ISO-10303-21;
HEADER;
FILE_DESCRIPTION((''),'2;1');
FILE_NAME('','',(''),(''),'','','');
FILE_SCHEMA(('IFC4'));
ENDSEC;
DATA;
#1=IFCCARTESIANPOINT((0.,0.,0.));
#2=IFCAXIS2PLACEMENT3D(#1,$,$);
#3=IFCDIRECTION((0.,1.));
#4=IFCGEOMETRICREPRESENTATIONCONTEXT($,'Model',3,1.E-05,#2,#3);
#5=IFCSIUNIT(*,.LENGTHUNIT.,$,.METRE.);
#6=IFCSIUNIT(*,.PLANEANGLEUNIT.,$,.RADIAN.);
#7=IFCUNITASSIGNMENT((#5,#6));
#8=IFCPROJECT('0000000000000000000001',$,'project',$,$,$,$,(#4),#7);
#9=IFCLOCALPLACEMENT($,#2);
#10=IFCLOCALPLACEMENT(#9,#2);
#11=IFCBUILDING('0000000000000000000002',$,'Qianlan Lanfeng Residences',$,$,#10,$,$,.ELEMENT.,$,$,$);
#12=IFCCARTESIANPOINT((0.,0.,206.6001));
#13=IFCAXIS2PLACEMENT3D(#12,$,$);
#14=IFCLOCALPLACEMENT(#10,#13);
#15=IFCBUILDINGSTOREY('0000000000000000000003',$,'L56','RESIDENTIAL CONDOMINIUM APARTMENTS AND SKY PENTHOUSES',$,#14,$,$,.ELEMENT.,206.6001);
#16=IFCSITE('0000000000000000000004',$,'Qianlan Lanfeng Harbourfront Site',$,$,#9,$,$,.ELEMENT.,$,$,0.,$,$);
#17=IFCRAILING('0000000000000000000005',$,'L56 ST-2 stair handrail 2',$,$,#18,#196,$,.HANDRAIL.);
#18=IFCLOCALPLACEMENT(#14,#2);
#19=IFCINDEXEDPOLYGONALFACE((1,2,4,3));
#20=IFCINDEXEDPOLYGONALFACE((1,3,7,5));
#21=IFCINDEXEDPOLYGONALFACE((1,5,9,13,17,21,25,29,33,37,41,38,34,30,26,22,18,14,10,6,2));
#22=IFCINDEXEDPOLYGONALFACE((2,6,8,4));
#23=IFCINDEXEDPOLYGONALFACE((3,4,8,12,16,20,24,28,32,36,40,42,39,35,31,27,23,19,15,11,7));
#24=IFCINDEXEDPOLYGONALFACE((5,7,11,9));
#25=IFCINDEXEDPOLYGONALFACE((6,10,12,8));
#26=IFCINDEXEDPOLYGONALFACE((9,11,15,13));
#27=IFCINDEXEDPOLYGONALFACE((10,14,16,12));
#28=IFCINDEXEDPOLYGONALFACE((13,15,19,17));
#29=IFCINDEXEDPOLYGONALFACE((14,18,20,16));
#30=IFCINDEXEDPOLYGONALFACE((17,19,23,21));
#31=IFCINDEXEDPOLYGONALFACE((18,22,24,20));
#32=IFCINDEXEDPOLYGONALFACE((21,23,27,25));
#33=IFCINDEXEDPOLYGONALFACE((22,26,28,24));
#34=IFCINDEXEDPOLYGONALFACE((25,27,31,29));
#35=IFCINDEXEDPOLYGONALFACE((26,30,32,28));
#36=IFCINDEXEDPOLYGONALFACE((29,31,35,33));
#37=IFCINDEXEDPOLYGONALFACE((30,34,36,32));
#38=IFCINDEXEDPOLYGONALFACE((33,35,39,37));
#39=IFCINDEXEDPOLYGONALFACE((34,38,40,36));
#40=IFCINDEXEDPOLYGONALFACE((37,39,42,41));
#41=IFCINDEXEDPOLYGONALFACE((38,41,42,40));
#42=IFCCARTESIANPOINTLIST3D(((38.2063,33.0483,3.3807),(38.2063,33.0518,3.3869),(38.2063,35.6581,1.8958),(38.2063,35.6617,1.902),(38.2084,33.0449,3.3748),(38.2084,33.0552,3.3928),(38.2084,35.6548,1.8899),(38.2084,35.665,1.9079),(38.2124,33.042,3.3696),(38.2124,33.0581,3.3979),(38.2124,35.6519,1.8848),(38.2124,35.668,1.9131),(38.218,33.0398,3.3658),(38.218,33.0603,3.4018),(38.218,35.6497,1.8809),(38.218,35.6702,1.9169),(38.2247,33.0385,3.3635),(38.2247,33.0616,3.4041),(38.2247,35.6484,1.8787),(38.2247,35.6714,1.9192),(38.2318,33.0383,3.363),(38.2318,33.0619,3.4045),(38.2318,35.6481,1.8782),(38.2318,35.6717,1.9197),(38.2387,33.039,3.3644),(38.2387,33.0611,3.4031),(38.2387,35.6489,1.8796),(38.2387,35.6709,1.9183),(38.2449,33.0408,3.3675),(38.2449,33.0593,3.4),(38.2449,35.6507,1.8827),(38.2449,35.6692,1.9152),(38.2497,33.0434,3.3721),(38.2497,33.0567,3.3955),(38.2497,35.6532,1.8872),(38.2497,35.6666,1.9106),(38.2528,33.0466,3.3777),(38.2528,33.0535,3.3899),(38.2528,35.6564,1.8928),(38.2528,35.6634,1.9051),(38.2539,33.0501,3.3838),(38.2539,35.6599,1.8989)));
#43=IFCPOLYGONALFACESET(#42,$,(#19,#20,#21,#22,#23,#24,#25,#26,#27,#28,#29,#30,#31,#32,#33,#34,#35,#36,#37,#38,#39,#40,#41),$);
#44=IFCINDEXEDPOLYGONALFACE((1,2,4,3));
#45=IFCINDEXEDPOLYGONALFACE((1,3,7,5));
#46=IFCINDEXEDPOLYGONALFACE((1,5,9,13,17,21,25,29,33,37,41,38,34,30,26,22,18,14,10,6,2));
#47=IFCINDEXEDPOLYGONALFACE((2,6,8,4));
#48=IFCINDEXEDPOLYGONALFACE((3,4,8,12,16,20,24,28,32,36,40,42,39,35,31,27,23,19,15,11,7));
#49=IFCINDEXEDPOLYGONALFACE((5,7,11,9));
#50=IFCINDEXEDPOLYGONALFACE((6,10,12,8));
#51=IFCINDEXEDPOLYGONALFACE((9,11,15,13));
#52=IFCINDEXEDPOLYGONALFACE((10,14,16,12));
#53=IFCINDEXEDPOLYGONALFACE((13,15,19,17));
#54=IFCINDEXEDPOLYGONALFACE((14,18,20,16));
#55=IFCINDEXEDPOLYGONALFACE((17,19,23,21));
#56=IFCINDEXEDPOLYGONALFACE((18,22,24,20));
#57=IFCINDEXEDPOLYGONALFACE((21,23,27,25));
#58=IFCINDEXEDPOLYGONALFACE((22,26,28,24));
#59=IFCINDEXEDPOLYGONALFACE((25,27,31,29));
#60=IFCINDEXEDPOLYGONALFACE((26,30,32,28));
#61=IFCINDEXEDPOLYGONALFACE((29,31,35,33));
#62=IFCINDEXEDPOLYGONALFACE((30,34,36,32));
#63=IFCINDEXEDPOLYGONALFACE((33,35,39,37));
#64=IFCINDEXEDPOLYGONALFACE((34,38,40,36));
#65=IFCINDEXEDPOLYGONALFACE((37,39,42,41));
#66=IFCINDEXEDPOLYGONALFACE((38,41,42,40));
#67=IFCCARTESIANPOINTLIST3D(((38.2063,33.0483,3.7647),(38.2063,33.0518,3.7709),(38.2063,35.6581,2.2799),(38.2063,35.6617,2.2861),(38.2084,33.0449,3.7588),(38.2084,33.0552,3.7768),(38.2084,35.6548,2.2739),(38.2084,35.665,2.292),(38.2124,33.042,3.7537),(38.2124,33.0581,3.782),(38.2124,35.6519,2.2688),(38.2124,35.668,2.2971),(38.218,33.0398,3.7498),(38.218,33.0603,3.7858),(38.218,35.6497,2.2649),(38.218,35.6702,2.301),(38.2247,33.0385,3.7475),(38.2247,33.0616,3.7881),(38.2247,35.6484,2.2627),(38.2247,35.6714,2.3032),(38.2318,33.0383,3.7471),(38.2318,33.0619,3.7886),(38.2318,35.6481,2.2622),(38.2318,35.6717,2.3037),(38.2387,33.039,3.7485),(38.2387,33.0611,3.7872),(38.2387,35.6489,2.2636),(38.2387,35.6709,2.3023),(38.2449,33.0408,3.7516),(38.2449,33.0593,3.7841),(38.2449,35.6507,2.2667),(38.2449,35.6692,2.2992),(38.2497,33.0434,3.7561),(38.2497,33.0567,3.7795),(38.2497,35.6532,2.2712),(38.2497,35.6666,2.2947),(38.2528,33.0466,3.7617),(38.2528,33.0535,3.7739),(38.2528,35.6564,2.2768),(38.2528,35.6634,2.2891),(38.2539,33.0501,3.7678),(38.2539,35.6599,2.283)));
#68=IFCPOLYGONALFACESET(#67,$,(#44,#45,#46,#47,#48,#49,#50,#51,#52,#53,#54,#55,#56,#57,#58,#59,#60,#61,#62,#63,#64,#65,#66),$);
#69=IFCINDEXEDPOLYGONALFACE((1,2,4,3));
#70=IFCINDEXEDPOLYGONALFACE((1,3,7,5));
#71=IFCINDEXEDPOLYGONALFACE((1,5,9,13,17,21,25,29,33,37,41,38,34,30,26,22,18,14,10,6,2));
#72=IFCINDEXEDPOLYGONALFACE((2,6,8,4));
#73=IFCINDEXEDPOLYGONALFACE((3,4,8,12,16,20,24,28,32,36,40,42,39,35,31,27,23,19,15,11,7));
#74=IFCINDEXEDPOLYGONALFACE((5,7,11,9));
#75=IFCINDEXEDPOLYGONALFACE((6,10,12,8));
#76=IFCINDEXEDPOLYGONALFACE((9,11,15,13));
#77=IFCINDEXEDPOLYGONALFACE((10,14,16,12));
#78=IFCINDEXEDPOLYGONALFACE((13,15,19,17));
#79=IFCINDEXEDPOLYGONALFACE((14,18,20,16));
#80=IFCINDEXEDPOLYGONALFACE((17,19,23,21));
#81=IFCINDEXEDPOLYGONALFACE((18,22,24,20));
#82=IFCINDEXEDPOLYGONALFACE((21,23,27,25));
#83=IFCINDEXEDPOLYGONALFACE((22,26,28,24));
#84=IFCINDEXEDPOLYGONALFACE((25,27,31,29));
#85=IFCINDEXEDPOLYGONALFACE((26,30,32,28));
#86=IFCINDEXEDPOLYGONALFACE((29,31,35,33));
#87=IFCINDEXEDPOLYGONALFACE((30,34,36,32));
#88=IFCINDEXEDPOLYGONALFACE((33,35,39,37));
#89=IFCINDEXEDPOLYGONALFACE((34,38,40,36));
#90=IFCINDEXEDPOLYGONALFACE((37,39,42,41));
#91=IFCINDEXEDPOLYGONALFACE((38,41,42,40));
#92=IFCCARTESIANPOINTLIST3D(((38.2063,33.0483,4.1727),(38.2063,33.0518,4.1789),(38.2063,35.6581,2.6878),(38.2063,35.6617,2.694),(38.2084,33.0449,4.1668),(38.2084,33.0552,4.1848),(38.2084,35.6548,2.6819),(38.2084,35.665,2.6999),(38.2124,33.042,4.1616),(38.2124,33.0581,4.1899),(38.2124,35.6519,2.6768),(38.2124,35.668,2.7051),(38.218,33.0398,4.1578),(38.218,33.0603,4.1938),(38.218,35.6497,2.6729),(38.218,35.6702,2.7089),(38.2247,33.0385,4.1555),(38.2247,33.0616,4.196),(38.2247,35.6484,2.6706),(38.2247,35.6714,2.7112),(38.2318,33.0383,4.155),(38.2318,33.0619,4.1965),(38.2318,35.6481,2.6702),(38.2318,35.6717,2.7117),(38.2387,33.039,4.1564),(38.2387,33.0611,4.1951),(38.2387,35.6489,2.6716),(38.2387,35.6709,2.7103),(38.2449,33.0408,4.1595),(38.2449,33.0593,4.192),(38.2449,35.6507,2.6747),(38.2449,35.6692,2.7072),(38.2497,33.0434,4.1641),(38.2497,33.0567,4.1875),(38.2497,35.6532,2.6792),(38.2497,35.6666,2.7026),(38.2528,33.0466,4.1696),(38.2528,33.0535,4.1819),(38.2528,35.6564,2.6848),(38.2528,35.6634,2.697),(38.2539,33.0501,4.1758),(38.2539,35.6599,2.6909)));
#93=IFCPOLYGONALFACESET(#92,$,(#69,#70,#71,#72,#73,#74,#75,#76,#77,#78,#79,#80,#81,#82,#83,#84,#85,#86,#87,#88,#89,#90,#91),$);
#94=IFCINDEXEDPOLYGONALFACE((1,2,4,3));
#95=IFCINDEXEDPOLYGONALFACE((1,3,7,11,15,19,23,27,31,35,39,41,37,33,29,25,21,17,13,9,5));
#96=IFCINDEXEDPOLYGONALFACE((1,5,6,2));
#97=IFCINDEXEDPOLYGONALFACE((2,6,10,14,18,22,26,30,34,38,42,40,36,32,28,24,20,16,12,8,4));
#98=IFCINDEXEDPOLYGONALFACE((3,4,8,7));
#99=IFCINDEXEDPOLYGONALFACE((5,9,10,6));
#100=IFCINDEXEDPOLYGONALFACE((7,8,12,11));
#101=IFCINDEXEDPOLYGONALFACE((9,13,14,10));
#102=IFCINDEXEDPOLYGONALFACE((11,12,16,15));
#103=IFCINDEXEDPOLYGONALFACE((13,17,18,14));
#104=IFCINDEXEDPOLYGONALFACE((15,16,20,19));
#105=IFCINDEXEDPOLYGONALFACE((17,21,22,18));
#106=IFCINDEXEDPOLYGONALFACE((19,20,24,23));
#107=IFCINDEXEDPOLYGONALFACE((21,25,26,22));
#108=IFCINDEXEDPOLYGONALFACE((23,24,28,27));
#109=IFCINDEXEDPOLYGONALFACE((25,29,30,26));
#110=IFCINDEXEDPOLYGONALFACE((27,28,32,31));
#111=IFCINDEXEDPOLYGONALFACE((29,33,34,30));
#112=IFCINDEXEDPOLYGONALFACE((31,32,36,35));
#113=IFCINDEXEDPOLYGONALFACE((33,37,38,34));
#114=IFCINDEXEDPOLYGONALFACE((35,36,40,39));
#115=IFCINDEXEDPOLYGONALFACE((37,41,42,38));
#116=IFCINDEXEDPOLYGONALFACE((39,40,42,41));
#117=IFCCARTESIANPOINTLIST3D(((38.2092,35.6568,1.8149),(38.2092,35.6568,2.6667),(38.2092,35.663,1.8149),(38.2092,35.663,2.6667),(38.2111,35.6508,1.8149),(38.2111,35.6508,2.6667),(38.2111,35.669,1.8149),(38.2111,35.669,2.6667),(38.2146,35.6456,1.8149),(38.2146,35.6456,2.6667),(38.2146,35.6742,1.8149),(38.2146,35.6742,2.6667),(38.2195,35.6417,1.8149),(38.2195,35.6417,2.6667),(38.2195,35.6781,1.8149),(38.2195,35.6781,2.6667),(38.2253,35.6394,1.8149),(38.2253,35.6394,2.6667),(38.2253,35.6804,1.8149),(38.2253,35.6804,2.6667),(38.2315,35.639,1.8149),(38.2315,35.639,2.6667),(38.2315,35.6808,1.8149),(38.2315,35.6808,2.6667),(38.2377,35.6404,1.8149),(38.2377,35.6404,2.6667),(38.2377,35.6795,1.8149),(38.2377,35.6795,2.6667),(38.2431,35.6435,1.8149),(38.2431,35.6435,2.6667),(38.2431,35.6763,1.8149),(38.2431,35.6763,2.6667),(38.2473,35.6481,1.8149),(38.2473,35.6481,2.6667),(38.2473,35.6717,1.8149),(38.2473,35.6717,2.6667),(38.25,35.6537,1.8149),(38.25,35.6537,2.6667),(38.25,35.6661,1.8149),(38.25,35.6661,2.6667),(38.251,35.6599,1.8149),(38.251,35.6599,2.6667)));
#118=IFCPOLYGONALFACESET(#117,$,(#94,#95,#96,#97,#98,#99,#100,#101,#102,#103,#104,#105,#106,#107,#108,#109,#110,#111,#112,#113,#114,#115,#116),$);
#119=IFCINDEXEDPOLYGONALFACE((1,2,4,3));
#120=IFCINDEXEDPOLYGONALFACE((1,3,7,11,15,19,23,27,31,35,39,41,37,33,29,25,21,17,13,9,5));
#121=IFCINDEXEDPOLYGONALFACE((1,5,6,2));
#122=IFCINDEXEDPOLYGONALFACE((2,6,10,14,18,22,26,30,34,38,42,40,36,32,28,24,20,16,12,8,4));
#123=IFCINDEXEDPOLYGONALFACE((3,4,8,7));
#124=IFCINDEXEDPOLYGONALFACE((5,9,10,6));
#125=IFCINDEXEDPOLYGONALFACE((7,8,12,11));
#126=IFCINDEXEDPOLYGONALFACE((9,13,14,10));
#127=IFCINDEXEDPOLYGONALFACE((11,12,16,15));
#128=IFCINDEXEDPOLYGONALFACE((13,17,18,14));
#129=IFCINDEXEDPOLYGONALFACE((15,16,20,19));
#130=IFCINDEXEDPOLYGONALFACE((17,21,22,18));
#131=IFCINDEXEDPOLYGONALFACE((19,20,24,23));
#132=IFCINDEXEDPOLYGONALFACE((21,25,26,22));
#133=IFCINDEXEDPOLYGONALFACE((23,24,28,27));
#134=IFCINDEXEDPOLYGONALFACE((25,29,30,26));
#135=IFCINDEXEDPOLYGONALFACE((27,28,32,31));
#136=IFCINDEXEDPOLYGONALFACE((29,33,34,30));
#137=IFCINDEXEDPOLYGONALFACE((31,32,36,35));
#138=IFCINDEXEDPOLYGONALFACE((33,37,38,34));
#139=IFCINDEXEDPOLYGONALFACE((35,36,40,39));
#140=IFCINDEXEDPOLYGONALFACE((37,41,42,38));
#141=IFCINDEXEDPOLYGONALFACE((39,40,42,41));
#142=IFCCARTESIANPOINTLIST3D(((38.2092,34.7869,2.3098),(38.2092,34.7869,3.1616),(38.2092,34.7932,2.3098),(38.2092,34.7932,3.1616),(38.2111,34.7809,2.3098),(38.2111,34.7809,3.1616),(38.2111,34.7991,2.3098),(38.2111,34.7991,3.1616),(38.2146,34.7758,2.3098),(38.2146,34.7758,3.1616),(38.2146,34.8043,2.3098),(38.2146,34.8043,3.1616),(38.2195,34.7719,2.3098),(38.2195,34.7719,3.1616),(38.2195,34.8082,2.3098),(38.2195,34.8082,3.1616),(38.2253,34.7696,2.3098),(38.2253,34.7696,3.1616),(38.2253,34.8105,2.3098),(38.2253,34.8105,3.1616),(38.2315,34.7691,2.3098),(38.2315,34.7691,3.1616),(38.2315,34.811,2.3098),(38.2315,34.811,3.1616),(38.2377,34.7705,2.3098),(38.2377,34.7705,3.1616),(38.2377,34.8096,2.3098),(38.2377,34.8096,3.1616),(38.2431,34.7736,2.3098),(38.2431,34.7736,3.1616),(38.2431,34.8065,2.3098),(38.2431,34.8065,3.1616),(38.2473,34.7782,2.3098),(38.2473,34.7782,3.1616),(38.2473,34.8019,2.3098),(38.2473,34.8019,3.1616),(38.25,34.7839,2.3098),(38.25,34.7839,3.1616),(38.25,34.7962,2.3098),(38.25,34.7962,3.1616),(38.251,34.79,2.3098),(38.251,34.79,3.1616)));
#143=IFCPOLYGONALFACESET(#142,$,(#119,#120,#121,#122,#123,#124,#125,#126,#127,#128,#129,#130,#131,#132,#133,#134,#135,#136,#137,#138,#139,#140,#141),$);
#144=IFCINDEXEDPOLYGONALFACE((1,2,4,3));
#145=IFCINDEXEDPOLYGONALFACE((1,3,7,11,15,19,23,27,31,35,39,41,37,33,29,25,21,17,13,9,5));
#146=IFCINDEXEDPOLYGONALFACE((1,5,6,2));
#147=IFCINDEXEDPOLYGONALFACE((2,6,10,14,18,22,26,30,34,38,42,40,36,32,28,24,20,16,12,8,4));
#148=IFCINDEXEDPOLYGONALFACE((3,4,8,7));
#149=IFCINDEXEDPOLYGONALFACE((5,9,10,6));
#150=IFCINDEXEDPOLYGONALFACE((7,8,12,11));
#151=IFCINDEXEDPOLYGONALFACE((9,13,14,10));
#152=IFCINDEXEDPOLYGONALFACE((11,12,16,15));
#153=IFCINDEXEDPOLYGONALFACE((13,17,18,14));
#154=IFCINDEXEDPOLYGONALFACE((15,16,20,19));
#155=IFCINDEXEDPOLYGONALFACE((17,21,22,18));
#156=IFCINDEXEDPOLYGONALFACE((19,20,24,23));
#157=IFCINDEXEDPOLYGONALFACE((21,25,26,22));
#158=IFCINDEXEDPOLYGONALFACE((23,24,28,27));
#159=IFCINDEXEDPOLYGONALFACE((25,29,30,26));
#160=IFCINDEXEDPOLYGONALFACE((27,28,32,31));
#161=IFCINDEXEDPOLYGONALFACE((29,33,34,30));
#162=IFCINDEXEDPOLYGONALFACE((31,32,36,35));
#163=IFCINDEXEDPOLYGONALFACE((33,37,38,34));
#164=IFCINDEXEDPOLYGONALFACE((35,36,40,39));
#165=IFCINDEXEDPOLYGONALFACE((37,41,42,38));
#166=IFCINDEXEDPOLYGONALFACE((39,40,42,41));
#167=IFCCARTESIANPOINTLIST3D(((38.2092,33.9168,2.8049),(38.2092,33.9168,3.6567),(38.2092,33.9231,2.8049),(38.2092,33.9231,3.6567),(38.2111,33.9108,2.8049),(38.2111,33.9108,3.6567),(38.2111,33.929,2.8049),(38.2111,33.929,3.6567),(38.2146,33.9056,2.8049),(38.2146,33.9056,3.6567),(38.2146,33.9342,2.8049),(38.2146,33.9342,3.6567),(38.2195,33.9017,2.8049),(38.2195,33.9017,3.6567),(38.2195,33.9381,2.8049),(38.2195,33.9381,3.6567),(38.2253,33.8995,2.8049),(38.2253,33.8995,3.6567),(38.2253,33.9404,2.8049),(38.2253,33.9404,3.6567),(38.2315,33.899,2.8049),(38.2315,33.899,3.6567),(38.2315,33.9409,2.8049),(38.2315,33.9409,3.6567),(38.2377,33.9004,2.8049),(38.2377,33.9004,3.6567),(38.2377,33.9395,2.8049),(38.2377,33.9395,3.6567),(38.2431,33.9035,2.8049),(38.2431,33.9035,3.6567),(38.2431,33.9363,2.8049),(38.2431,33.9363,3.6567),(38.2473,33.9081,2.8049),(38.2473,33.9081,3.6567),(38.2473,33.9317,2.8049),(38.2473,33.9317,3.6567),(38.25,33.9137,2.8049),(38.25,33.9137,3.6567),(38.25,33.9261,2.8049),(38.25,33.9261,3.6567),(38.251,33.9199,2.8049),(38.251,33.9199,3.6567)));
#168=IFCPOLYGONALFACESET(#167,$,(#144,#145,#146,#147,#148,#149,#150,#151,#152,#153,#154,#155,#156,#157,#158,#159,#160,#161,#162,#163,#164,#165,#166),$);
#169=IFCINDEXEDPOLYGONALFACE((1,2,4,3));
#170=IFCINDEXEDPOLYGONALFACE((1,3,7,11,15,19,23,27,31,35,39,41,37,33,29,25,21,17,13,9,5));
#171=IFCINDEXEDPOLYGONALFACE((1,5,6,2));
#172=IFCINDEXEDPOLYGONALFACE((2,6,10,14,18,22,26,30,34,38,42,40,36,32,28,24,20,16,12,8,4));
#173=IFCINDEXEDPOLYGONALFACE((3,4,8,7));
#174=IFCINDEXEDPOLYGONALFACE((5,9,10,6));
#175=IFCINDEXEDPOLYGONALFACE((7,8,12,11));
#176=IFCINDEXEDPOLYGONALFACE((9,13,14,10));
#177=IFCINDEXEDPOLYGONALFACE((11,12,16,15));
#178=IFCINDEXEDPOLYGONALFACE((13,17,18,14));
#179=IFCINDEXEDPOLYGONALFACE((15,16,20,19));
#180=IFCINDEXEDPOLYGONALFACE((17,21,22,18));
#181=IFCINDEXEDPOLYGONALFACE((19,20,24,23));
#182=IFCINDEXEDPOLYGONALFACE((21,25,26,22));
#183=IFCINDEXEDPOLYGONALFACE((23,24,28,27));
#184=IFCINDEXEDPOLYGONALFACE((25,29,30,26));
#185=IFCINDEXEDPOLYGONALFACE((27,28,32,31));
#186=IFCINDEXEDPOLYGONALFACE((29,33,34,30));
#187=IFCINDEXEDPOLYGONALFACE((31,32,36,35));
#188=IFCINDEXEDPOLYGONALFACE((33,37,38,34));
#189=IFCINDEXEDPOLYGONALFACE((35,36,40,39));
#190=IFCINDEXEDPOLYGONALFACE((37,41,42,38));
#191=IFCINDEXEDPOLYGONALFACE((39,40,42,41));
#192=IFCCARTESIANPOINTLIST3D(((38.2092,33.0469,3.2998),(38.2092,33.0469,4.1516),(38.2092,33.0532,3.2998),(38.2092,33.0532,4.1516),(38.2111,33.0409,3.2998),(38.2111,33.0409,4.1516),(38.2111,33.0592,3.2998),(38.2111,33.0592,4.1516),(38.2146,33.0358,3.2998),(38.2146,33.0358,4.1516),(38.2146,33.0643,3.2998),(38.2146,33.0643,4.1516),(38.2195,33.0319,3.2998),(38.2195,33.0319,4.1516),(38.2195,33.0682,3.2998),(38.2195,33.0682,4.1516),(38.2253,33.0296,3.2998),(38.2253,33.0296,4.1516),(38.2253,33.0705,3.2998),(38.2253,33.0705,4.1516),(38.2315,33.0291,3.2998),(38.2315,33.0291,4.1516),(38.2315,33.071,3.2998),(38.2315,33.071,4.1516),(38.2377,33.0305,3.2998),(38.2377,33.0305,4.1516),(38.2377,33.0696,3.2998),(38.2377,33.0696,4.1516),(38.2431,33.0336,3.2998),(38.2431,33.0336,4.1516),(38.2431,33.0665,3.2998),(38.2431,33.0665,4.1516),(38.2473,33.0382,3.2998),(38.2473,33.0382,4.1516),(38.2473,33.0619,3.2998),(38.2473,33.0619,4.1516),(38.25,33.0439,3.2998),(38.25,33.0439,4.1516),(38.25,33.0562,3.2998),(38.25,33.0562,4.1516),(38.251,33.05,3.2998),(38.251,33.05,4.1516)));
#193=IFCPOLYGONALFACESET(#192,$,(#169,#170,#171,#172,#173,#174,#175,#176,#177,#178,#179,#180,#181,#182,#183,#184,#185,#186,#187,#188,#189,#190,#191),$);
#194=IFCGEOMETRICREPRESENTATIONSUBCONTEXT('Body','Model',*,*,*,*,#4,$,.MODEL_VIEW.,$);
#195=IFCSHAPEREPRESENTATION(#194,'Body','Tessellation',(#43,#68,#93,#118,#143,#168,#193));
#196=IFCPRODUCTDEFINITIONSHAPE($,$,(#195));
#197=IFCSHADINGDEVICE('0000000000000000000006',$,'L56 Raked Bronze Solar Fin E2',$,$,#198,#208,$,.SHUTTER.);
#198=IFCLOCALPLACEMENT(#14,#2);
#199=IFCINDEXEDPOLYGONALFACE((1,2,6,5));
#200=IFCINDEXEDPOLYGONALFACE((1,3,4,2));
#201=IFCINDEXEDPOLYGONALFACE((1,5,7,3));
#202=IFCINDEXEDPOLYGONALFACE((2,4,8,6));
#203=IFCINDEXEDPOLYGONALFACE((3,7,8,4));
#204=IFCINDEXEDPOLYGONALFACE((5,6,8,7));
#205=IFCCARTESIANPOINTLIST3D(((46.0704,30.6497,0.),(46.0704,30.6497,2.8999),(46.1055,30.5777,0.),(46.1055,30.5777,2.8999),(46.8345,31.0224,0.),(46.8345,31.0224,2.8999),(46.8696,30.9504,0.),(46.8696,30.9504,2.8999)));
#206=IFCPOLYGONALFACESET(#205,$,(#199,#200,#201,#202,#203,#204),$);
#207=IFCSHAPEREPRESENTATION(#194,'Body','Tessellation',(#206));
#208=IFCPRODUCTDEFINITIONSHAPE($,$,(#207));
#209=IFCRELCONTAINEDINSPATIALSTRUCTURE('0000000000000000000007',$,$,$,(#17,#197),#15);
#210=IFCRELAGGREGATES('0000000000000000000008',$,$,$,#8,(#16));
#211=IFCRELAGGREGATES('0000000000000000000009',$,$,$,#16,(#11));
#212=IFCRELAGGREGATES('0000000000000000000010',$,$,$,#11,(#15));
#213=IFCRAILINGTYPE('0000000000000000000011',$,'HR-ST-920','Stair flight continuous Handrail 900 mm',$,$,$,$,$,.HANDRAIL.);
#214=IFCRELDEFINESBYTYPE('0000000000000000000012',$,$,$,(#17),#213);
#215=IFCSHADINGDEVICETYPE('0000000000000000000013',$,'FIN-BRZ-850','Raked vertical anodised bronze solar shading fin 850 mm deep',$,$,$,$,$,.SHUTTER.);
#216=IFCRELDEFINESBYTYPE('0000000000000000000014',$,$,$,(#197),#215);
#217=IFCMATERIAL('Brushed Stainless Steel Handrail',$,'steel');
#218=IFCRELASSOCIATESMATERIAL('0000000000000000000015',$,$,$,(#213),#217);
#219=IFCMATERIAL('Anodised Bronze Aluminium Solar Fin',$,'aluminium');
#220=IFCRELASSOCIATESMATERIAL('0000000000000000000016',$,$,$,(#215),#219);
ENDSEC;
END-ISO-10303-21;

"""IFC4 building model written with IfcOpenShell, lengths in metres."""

from ifc_helpers import new_model, si_unit, direction, frame, origin, origin_2d, place, context, subcontext, project, spatial, rectangle, circle, extrude, source, transform, mapped, material, type_object, element, save


model = new_model("IFC4")

# Units and contexts
model_context = context("Model", 3, precision=1e-05, world=origin(), true_north=direction((0.0, 1.0)))
body_context = subcontext(model_context, "Body", "Model", "MODEL_VIEW")
ifc_project = project(units=[si_unit("LENGTHUNIT", "METRE"), si_unit("PLANEANGLEUNIT", "RADIAN")], contexts=[model_context])

# Site, building, storey
site_placement = place(None, origin())
site = spatial("IfcSite", under=ifc_project, at=site_placement, Name="Qianlan Lanfeng Harbourfront Site", CompositionType="ELEMENT", RefElevation=0.0)
building_placement = place(site_placement, origin())
building = spatial("IfcBuilding", under=site, at=building_placement, Name="Qianlan Lanfeng Residences", CompositionType="ELEMENT")
storey_placement = place(building_placement, frame((0.0, 0.0, 206.6001)))
storey = spatial("IfcBuildingStorey", under=building, at=storey_placement, Name="L56", Description="RESIDENTIAL CONDOMINIUM APARTMENTS AND SKY PENTHOUSES", CompositionType="ELEMENT", Elevation=206.6001)

# Railing
ifc_material_1 = material(Name="Brushed Stainless Steel Handrail", Category="steel")
railing_type_1 = type_object("IfcRailingType", Name="HR-ST-920", Description="Stair flight continuous Handrail 900 mm", PredefinedType="HANDRAIL", material=ifc_material_1)
railing_1_placement = place(storey_placement, frame((38.23, 35.6599, 1.8149)))
element("IfcRailing", 1, at=railing_1_placement, inside=storey, type_object=railing_type_1, Name="L56 ST-2 stair handrail 2", PredefinedType="HANDRAIL", context=body_context, shape_type="SweptSolid", body=[
    extrude(circle(Radius=0.0239, at=origin_2d()), frame((0.0, 0.0, 0.084), z_axis=(0.0, -0.869172, 0.494509), x_axis=(1.0, 0.0, 0.0)), (0.0, 0.0, 1.0), 3.0027),
    extrude(circle(Radius=0.0239, at=origin_2d()), frame((0.0, 0.0, 0.468), z_axis=(0.0, -0.869172, 0.494509), x_axis=(1.0, 0.0, 0.0)), (0.0, 0.0, 1.0), 3.0027),
    extrude(circle(Radius=0.0239, at=origin_2d()), frame((0.0, 0.0, 0.876), z_axis=(0.0, -0.869172, 0.494509), x_axis=(1.0, 0.0, 0.0)), (0.0, 0.0, 1.0), 3.0027),
    extrude(circle(Radius=0.021, at=origin_2d()), origin(), (0.0, 0.0, 1.0), 0.8518),
    extrude(circle(Radius=0.021, at=origin_2d()), frame((0.0, -0.8699, 0.4949)), (0.0, 0.0, 1.0), 0.8518),
    extrude(circle(Radius=0.021, at=origin_2d()), frame((0.0, -1.74, 0.99)), (0.0, 0.0, 1.0), 0.8518),
    extrude(circle(Radius=0.021, at=origin_2d()), frame((0.0, -2.6099, 1.4849)), (0.0, 0.0, 1.0), 0.8518),
])

# Shading device
ifc_material_2 = material(Name="Anodised Bronze Aluminium Solar Fin", Category="aluminium")
shading_device_type = type_object("IfcShadingDeviceType", Name="FIN-BRZ-850", Description="Raked vertical anodised bronze solar shading fin 850 mm deep", PredefinedType="SHUTTER", material=ifc_material_2)
shared_shape = source(origin(), body_context, "Body", "SweptSolid", [
    extrude(rectangle(XDim=0.8501, YDim=0.0801, at=origin_2d()), origin(), (0.0, 0.0, 1.0), 2.8999),
])
shading_device_placement = place(storey_placement, frame((46.47, 30.8, 0.0), z_axis=(0.0, 0.0, 1.0), x_axis=(0.898794, 0.438371, 0.0)))
element("IfcShadingDevice", 2, at=shading_device_placement, inside=storey, type_object=shading_device_type, Name="L56 Raked Bronze Solar Fin E2", PredefinedType="SHUTTER", context=body_context, shape_type="MappedRepresentation", body=[
    mapped(shared_shape, transform((0.0, 0.0, 0.0), scale=1.0)),
])

save(model, "model.ifc")
